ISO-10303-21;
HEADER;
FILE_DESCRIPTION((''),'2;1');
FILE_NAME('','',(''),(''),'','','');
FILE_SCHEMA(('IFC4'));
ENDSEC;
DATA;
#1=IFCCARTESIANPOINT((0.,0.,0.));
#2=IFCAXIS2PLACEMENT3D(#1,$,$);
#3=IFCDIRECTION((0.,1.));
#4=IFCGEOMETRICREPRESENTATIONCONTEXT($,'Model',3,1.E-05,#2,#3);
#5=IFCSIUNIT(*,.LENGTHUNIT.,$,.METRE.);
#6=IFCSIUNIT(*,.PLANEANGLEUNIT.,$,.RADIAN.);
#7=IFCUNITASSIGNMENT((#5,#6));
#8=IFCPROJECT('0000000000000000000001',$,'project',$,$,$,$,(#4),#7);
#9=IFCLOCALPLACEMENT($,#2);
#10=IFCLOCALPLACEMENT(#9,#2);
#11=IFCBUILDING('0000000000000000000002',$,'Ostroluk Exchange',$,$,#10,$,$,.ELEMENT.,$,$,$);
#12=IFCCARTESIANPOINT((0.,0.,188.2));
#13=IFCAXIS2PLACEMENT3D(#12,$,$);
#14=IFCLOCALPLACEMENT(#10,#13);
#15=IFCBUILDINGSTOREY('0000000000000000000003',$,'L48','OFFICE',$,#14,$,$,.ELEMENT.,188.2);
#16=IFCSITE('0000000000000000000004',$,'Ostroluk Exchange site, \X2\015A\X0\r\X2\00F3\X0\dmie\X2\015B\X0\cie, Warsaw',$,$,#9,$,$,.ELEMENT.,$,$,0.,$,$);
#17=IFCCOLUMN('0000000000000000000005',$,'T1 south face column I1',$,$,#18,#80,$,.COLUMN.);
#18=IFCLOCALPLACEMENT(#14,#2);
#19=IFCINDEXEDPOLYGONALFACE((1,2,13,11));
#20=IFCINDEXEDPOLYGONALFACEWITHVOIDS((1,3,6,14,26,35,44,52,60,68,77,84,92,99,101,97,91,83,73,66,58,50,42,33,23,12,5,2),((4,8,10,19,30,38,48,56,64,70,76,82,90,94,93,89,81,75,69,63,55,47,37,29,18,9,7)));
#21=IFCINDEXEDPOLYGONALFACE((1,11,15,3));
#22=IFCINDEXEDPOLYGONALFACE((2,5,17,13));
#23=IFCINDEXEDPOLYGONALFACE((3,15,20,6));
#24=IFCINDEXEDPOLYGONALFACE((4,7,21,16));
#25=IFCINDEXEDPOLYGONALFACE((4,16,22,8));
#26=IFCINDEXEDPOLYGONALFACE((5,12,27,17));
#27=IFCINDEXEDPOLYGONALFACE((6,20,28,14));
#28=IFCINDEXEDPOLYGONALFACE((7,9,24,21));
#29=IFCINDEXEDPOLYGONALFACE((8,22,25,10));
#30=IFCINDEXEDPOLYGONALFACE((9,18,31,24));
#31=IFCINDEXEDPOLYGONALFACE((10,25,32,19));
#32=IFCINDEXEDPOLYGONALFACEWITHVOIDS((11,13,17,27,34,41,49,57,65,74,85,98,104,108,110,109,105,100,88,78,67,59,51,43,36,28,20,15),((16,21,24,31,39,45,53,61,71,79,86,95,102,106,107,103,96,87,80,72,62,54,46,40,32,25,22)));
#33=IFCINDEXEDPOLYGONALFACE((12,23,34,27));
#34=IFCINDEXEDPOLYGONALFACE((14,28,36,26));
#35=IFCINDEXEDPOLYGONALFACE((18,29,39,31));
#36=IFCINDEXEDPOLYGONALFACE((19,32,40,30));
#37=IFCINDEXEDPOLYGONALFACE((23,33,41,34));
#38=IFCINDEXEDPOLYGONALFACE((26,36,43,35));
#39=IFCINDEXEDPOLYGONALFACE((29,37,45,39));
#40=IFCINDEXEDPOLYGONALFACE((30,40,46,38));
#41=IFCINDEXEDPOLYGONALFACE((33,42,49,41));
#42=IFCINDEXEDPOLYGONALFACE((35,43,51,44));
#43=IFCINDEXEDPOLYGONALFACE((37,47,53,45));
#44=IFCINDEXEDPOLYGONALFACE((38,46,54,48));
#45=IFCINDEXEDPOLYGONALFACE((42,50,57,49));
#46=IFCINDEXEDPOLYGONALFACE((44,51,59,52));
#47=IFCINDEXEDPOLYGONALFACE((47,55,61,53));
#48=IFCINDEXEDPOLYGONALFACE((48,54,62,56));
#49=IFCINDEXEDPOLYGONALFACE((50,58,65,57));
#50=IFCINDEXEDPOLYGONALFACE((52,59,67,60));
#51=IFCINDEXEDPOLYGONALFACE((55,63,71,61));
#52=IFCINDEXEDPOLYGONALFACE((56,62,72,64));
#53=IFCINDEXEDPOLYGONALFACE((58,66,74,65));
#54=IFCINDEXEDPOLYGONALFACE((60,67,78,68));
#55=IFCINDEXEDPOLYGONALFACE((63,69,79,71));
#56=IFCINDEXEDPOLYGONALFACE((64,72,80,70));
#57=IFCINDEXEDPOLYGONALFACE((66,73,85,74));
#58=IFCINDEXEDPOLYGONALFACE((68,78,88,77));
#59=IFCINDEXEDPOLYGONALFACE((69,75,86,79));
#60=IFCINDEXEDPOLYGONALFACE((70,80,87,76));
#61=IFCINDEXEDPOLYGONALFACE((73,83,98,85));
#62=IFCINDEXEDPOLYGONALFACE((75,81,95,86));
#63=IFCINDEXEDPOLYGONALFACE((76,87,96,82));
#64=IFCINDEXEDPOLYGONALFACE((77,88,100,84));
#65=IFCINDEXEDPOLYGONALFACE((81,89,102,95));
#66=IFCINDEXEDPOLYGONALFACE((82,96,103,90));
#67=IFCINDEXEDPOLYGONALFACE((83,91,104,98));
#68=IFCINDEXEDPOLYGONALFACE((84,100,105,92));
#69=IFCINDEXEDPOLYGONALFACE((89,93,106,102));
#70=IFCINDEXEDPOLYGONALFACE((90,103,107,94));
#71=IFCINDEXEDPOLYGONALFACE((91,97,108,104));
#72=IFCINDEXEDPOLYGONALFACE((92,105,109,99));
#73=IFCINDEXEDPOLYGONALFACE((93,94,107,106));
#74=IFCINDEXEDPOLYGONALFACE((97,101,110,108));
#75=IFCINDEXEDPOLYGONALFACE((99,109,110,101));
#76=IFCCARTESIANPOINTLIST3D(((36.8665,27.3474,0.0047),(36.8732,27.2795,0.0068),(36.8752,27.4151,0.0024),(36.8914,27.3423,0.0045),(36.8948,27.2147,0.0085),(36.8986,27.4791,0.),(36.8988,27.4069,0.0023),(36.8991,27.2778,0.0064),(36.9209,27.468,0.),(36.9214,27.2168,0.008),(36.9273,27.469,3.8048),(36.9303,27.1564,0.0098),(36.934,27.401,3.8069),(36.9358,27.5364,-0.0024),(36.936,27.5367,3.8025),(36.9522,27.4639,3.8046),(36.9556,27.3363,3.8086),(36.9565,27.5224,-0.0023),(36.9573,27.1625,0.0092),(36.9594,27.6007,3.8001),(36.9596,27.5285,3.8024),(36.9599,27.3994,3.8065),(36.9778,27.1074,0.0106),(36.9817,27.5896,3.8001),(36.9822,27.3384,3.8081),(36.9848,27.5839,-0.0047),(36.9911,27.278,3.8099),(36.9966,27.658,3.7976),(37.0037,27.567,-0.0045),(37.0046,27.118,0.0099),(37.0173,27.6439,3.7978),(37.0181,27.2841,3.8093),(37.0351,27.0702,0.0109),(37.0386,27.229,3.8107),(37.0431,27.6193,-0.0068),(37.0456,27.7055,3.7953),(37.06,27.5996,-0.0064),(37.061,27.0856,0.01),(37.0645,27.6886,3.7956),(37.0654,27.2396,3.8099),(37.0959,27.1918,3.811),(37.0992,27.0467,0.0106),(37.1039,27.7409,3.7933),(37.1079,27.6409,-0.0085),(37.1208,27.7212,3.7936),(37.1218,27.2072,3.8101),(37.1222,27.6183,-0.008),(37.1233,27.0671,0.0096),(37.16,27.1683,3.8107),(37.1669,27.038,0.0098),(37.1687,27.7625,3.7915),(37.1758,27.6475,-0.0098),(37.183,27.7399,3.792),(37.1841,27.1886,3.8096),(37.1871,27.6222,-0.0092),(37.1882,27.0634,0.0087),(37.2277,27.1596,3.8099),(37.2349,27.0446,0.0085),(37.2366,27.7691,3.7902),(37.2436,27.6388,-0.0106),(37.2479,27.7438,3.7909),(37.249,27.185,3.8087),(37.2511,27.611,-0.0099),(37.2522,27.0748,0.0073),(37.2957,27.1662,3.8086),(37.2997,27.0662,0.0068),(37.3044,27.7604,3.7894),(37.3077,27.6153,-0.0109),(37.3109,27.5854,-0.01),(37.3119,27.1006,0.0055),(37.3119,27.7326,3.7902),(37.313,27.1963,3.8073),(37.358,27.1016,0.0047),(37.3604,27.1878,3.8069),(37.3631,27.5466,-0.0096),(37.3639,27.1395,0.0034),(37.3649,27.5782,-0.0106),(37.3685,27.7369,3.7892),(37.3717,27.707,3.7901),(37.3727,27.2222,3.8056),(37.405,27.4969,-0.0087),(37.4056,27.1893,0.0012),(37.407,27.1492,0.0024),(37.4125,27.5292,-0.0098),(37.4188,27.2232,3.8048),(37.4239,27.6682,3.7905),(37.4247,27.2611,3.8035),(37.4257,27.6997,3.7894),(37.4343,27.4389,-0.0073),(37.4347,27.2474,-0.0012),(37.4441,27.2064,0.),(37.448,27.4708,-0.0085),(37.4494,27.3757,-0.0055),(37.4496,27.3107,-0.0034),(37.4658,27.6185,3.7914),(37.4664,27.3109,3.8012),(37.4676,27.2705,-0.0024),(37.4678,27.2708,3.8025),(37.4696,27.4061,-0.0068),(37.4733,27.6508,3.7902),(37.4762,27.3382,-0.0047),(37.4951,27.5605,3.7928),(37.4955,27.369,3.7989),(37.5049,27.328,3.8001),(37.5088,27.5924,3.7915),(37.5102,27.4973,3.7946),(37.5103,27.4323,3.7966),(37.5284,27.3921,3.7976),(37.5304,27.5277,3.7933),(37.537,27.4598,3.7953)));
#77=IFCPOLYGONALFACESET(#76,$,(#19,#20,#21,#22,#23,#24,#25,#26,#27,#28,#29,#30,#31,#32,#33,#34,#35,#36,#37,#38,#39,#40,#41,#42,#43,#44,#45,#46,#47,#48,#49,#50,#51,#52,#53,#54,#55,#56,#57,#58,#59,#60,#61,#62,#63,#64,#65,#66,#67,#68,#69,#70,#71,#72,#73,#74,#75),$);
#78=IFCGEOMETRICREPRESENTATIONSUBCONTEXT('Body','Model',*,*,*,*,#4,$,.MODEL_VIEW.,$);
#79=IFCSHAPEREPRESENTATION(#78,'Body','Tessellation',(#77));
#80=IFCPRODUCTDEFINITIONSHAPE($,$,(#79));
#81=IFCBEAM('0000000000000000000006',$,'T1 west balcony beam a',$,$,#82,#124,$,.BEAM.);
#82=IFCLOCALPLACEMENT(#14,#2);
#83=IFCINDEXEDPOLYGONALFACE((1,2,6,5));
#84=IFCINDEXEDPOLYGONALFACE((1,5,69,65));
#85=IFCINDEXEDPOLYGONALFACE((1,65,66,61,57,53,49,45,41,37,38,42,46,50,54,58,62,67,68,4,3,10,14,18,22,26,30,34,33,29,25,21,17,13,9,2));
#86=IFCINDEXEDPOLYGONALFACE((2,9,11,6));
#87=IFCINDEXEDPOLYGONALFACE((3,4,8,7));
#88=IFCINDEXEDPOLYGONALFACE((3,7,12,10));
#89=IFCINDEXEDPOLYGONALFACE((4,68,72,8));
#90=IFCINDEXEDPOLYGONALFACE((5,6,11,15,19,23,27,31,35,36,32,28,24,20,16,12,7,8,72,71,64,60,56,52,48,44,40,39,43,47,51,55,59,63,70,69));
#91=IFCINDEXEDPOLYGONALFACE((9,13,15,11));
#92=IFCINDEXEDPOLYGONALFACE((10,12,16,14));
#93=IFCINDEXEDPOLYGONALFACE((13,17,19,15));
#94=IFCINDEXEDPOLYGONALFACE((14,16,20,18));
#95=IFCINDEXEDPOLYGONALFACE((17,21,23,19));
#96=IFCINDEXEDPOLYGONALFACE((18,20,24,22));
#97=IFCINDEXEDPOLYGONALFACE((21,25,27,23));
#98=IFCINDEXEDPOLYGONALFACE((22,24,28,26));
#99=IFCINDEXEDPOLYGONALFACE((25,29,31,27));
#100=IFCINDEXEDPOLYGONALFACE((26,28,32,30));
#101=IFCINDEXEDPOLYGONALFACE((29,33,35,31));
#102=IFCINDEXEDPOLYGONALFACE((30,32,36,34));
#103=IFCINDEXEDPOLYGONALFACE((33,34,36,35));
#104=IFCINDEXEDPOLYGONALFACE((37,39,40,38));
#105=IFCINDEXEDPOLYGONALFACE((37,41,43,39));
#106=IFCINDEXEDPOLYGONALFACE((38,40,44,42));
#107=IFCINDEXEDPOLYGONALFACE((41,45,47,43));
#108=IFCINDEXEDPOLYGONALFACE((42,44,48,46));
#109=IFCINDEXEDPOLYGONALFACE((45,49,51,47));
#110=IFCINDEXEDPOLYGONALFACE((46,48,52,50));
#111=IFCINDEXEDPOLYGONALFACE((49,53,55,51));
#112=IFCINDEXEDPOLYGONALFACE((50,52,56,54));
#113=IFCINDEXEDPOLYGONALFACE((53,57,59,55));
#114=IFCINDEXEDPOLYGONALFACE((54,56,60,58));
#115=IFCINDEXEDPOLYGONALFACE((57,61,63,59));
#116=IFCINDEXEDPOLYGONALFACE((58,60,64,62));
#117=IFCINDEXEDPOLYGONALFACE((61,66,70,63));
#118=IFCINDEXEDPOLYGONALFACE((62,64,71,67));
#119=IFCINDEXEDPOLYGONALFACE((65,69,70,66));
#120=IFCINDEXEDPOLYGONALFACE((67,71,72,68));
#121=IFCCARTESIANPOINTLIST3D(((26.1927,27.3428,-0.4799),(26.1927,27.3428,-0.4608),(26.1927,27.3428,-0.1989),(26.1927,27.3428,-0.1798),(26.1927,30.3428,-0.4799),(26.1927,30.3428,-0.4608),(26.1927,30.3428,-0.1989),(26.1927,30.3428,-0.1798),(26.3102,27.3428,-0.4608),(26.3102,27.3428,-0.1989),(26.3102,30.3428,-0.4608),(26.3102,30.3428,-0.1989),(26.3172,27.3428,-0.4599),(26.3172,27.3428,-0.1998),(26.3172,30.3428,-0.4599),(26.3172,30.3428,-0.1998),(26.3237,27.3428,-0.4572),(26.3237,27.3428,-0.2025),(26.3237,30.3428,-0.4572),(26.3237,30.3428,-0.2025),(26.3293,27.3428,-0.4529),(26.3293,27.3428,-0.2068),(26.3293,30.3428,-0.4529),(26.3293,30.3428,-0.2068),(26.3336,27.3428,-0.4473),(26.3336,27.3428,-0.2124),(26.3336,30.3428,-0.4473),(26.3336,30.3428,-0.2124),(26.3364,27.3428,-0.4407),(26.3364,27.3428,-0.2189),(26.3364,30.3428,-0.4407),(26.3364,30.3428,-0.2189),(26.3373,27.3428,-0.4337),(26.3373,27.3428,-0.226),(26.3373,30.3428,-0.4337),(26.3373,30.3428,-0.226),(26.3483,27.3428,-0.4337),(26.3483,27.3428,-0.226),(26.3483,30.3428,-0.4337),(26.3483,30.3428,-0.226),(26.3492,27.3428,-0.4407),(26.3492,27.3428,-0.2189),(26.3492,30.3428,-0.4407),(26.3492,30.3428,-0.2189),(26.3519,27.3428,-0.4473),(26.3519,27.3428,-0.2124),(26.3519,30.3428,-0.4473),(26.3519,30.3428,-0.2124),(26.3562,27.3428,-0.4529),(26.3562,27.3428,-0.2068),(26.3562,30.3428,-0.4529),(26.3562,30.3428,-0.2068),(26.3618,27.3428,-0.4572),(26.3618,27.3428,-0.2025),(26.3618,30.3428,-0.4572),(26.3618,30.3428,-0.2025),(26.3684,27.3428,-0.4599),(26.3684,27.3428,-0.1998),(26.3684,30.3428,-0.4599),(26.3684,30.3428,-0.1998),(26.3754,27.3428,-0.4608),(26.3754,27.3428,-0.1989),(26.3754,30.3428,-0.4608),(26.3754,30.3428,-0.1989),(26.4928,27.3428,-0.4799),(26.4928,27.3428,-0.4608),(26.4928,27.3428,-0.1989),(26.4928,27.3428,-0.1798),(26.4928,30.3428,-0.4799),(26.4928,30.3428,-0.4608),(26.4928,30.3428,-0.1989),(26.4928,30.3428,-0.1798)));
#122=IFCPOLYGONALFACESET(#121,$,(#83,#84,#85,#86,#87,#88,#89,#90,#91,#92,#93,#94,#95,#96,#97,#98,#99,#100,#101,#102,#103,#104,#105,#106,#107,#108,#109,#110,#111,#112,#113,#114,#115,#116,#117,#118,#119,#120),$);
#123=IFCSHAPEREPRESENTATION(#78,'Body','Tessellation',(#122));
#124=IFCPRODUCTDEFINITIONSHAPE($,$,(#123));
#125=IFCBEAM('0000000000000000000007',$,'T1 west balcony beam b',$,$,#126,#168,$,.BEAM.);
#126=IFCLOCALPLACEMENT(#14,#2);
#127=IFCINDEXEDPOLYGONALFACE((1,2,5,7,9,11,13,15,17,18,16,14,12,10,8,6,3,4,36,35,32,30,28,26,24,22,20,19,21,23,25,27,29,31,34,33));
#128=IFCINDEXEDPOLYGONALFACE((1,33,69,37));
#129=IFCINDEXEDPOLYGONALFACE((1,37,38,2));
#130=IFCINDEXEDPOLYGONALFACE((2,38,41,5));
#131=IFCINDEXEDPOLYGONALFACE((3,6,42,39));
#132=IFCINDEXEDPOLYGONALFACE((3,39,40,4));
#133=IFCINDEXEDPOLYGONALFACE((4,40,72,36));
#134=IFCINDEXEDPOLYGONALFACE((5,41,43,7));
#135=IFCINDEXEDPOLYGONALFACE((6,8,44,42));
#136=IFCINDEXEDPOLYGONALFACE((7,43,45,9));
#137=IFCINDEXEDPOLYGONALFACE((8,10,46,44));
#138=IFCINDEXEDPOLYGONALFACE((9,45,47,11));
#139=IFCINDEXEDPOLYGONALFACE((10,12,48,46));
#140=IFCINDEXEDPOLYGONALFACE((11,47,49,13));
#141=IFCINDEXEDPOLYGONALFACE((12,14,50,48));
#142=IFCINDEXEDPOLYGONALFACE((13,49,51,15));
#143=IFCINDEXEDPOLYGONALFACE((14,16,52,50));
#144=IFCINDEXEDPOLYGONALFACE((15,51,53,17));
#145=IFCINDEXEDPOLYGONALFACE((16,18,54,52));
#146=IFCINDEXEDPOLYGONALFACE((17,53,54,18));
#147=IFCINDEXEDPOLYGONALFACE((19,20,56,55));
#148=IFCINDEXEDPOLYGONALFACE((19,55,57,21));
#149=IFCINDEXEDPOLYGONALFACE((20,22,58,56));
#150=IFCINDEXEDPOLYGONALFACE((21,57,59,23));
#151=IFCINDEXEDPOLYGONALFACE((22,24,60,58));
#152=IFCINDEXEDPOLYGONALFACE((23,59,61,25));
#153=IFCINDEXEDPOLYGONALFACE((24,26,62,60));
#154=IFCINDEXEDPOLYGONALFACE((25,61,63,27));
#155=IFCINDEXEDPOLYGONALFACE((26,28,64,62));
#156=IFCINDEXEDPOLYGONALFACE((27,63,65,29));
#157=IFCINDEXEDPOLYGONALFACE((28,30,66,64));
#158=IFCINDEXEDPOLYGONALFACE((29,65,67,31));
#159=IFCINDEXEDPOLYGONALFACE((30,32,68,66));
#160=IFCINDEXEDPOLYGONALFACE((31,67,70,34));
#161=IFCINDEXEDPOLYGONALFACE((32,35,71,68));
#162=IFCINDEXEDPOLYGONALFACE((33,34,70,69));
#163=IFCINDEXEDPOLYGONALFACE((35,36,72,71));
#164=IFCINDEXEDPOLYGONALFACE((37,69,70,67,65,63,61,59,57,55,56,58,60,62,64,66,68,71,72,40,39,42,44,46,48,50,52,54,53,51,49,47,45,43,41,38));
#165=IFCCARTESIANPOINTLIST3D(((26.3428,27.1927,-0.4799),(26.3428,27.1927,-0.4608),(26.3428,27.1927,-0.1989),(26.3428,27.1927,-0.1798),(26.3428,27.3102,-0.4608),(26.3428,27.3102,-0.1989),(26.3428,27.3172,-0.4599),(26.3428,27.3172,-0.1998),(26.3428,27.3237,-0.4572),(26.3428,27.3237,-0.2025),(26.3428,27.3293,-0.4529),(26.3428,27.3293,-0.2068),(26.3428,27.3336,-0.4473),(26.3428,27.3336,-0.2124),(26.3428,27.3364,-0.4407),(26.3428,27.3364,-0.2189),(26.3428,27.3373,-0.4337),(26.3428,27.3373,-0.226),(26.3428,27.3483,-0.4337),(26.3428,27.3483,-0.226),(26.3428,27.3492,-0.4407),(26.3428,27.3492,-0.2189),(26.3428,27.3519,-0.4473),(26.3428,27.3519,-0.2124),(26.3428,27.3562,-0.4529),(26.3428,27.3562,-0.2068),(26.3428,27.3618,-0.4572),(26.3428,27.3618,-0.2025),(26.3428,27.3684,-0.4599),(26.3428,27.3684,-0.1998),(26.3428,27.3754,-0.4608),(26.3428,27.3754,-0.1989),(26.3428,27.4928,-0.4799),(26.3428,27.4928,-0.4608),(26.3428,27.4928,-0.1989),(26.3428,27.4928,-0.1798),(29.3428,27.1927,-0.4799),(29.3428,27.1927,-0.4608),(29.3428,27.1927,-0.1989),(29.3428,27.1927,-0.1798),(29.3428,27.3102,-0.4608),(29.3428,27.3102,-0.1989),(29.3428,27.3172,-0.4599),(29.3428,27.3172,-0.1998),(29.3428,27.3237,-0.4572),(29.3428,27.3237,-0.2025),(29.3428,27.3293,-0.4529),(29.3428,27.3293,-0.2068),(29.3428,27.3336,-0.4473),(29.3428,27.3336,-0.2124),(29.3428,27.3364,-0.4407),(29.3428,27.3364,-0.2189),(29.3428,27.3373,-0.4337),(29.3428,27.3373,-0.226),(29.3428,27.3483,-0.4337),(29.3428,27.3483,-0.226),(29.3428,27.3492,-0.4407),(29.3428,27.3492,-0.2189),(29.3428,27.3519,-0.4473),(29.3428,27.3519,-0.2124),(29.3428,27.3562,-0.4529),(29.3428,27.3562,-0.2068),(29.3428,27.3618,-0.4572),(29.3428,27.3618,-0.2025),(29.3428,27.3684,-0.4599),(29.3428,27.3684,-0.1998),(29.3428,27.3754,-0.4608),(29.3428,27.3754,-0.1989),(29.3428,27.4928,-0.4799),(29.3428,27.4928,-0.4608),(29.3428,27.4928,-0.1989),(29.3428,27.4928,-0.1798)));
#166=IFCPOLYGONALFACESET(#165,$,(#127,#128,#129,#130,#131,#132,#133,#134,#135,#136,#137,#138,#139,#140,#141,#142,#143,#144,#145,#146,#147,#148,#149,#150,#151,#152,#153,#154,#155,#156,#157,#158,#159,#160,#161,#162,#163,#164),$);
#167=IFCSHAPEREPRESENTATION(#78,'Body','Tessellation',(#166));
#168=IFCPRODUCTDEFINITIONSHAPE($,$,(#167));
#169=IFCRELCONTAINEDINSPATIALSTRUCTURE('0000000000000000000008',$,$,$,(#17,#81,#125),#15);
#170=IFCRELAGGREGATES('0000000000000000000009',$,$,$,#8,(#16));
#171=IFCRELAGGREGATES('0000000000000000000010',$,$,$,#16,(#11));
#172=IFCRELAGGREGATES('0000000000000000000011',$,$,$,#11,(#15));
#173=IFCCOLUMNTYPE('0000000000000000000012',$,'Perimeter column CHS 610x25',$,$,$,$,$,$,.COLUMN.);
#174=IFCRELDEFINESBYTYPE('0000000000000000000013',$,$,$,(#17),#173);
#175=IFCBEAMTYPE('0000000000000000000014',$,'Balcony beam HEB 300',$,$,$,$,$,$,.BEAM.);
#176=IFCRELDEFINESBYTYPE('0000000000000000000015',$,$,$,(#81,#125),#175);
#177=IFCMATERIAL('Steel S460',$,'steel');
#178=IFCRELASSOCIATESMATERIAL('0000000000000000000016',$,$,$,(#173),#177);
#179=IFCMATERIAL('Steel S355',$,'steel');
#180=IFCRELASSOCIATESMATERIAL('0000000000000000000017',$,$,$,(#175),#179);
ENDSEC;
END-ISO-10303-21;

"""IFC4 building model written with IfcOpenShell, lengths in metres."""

from ifc_helpers import new_model, si_unit, direction, frame, origin, origin_2d, place, context, subcontext, project, spatial, hollow_circle, i_section, extrude, material, material_profile, profile_set, type_object, element, save


model = new_model("IFC4")

# Units and contexts
model_context = context("Model", 3, precision=1e-05, world=origin(), true_north=direction((0.0, 1.0)))
body_context = subcontext(model_context, "Body", "Model", "MODEL_VIEW")
ifc_project = project(units=[si_unit("LENGTHUNIT", "METRE"), si_unit("PLANEANGLEUNIT", "RADIAN")], contexts=[model_context])

# Site, building, storey
site_placement = place(None, origin())
site = spatial("IfcSite", under=ifc_project, at=site_placement, Name="Ostroluk Exchange site, Śródmieście, Warsaw", CompositionType="ELEMENT", RefElevation=0.0)
building_placement = place(site_placement, origin())
building = spatial("IfcBuilding", under=site, at=building_placement, Name="Ostroluk Exchange", CompositionType="ELEMENT")
storey_placement = place(building_placement, frame((0.0, 0.0, 188.2)))
storey = spatial("IfcBuildingStorey", under=building, at=storey_placement, Name="L48", Description="OFFICE", CompositionType="ELEMENT", Elevation=188.2)

# Column
ifc_material_1 = material(Name="Steel S460", Category="steel")
ifc_material_profile_1 = material_profile(ifc_material_1, hollow_circle(Radius=0.3049, WallThickness=0.0249, at=origin_2d()), Name="CHS 610x25")
ifc_profile_set_1 = profile_set([ifc_material_profile_1], Name="Steel S460")
column_type_1 = type_object("IfcColumnType", Name="Perimeter column CHS 610x25", PredefinedType="COLUMN", material=ifc_profile_set_1)
column_1_placement = place(storey_placement, frame((37.1714, 27.3428, 0.0), z_axis=(0.015987, 0.031974, 0.999361), x_axis=(-0.894427, 0.447214, 0.0)))
element("IfcColumn", 1, at=column_1_placement, inside=storey, type_object=column_type_1, Name="T1 south face column I1", PredefinedType="COLUMN", context=body_context, shape_type="SweptSolid", body=[
    extrude(hollow_circle(Radius=0.3049, WallThickness=0.0249, at=origin_2d()), origin(), (0.0, 0.0, 1.0), 3.8025),
])

# Beams
ifc_material_2 = material(Name="Steel S355", Category="steel")
ifc_material_profile_2 = material_profile(ifc_material_2, i_section(OverallWidth=0.3, OverallDepth=0.3, WebThickness=0.011, FlangeThickness=0.019, FilletRadius=0.0271, at=origin_2d()), Name="HEB 300")
ifc_profile_set_2 = profile_set([ifc_material_profile_2], Name="Steel S355")
beam_type_1 = type_object("IfcBeamType", Name="Balcony beam HEB 300", PredefinedType="BEAM", material=ifc_profile_set_2)
for number, where, z_axis, x_axis, name in (
    (2, (26.3428, 30.3428, -0.3298), (0.0, -1.0, 0.0), (1.0, 0.0, 0.0), "T1 west balcony beam a"),
    (3, (29.3428, 27.3428, -0.3298), (-1.0, 0.0, 0.0), (0.0, -1.0, 0.0), "T1 west balcony beam b"),
):
    element("IfcBeam", number, at=place(storey_placement, frame(where, z_axis=z_axis, x_axis=x_axis)), inside=storey, type_object=beam_type_1, Name=name, PredefinedType="BEAM", context=body_context, shape_type="SweptSolid", body=[
        extrude(i_section(OverallWidth=0.3, OverallDepth=0.3, WebThickness=0.011, FlangeThickness=0.019, FilletRadius=0.0271, at=origin_2d()), origin(), (0.0, 0.0, 1.0), 3.0),
    ])

save(model, "model.ifc")
